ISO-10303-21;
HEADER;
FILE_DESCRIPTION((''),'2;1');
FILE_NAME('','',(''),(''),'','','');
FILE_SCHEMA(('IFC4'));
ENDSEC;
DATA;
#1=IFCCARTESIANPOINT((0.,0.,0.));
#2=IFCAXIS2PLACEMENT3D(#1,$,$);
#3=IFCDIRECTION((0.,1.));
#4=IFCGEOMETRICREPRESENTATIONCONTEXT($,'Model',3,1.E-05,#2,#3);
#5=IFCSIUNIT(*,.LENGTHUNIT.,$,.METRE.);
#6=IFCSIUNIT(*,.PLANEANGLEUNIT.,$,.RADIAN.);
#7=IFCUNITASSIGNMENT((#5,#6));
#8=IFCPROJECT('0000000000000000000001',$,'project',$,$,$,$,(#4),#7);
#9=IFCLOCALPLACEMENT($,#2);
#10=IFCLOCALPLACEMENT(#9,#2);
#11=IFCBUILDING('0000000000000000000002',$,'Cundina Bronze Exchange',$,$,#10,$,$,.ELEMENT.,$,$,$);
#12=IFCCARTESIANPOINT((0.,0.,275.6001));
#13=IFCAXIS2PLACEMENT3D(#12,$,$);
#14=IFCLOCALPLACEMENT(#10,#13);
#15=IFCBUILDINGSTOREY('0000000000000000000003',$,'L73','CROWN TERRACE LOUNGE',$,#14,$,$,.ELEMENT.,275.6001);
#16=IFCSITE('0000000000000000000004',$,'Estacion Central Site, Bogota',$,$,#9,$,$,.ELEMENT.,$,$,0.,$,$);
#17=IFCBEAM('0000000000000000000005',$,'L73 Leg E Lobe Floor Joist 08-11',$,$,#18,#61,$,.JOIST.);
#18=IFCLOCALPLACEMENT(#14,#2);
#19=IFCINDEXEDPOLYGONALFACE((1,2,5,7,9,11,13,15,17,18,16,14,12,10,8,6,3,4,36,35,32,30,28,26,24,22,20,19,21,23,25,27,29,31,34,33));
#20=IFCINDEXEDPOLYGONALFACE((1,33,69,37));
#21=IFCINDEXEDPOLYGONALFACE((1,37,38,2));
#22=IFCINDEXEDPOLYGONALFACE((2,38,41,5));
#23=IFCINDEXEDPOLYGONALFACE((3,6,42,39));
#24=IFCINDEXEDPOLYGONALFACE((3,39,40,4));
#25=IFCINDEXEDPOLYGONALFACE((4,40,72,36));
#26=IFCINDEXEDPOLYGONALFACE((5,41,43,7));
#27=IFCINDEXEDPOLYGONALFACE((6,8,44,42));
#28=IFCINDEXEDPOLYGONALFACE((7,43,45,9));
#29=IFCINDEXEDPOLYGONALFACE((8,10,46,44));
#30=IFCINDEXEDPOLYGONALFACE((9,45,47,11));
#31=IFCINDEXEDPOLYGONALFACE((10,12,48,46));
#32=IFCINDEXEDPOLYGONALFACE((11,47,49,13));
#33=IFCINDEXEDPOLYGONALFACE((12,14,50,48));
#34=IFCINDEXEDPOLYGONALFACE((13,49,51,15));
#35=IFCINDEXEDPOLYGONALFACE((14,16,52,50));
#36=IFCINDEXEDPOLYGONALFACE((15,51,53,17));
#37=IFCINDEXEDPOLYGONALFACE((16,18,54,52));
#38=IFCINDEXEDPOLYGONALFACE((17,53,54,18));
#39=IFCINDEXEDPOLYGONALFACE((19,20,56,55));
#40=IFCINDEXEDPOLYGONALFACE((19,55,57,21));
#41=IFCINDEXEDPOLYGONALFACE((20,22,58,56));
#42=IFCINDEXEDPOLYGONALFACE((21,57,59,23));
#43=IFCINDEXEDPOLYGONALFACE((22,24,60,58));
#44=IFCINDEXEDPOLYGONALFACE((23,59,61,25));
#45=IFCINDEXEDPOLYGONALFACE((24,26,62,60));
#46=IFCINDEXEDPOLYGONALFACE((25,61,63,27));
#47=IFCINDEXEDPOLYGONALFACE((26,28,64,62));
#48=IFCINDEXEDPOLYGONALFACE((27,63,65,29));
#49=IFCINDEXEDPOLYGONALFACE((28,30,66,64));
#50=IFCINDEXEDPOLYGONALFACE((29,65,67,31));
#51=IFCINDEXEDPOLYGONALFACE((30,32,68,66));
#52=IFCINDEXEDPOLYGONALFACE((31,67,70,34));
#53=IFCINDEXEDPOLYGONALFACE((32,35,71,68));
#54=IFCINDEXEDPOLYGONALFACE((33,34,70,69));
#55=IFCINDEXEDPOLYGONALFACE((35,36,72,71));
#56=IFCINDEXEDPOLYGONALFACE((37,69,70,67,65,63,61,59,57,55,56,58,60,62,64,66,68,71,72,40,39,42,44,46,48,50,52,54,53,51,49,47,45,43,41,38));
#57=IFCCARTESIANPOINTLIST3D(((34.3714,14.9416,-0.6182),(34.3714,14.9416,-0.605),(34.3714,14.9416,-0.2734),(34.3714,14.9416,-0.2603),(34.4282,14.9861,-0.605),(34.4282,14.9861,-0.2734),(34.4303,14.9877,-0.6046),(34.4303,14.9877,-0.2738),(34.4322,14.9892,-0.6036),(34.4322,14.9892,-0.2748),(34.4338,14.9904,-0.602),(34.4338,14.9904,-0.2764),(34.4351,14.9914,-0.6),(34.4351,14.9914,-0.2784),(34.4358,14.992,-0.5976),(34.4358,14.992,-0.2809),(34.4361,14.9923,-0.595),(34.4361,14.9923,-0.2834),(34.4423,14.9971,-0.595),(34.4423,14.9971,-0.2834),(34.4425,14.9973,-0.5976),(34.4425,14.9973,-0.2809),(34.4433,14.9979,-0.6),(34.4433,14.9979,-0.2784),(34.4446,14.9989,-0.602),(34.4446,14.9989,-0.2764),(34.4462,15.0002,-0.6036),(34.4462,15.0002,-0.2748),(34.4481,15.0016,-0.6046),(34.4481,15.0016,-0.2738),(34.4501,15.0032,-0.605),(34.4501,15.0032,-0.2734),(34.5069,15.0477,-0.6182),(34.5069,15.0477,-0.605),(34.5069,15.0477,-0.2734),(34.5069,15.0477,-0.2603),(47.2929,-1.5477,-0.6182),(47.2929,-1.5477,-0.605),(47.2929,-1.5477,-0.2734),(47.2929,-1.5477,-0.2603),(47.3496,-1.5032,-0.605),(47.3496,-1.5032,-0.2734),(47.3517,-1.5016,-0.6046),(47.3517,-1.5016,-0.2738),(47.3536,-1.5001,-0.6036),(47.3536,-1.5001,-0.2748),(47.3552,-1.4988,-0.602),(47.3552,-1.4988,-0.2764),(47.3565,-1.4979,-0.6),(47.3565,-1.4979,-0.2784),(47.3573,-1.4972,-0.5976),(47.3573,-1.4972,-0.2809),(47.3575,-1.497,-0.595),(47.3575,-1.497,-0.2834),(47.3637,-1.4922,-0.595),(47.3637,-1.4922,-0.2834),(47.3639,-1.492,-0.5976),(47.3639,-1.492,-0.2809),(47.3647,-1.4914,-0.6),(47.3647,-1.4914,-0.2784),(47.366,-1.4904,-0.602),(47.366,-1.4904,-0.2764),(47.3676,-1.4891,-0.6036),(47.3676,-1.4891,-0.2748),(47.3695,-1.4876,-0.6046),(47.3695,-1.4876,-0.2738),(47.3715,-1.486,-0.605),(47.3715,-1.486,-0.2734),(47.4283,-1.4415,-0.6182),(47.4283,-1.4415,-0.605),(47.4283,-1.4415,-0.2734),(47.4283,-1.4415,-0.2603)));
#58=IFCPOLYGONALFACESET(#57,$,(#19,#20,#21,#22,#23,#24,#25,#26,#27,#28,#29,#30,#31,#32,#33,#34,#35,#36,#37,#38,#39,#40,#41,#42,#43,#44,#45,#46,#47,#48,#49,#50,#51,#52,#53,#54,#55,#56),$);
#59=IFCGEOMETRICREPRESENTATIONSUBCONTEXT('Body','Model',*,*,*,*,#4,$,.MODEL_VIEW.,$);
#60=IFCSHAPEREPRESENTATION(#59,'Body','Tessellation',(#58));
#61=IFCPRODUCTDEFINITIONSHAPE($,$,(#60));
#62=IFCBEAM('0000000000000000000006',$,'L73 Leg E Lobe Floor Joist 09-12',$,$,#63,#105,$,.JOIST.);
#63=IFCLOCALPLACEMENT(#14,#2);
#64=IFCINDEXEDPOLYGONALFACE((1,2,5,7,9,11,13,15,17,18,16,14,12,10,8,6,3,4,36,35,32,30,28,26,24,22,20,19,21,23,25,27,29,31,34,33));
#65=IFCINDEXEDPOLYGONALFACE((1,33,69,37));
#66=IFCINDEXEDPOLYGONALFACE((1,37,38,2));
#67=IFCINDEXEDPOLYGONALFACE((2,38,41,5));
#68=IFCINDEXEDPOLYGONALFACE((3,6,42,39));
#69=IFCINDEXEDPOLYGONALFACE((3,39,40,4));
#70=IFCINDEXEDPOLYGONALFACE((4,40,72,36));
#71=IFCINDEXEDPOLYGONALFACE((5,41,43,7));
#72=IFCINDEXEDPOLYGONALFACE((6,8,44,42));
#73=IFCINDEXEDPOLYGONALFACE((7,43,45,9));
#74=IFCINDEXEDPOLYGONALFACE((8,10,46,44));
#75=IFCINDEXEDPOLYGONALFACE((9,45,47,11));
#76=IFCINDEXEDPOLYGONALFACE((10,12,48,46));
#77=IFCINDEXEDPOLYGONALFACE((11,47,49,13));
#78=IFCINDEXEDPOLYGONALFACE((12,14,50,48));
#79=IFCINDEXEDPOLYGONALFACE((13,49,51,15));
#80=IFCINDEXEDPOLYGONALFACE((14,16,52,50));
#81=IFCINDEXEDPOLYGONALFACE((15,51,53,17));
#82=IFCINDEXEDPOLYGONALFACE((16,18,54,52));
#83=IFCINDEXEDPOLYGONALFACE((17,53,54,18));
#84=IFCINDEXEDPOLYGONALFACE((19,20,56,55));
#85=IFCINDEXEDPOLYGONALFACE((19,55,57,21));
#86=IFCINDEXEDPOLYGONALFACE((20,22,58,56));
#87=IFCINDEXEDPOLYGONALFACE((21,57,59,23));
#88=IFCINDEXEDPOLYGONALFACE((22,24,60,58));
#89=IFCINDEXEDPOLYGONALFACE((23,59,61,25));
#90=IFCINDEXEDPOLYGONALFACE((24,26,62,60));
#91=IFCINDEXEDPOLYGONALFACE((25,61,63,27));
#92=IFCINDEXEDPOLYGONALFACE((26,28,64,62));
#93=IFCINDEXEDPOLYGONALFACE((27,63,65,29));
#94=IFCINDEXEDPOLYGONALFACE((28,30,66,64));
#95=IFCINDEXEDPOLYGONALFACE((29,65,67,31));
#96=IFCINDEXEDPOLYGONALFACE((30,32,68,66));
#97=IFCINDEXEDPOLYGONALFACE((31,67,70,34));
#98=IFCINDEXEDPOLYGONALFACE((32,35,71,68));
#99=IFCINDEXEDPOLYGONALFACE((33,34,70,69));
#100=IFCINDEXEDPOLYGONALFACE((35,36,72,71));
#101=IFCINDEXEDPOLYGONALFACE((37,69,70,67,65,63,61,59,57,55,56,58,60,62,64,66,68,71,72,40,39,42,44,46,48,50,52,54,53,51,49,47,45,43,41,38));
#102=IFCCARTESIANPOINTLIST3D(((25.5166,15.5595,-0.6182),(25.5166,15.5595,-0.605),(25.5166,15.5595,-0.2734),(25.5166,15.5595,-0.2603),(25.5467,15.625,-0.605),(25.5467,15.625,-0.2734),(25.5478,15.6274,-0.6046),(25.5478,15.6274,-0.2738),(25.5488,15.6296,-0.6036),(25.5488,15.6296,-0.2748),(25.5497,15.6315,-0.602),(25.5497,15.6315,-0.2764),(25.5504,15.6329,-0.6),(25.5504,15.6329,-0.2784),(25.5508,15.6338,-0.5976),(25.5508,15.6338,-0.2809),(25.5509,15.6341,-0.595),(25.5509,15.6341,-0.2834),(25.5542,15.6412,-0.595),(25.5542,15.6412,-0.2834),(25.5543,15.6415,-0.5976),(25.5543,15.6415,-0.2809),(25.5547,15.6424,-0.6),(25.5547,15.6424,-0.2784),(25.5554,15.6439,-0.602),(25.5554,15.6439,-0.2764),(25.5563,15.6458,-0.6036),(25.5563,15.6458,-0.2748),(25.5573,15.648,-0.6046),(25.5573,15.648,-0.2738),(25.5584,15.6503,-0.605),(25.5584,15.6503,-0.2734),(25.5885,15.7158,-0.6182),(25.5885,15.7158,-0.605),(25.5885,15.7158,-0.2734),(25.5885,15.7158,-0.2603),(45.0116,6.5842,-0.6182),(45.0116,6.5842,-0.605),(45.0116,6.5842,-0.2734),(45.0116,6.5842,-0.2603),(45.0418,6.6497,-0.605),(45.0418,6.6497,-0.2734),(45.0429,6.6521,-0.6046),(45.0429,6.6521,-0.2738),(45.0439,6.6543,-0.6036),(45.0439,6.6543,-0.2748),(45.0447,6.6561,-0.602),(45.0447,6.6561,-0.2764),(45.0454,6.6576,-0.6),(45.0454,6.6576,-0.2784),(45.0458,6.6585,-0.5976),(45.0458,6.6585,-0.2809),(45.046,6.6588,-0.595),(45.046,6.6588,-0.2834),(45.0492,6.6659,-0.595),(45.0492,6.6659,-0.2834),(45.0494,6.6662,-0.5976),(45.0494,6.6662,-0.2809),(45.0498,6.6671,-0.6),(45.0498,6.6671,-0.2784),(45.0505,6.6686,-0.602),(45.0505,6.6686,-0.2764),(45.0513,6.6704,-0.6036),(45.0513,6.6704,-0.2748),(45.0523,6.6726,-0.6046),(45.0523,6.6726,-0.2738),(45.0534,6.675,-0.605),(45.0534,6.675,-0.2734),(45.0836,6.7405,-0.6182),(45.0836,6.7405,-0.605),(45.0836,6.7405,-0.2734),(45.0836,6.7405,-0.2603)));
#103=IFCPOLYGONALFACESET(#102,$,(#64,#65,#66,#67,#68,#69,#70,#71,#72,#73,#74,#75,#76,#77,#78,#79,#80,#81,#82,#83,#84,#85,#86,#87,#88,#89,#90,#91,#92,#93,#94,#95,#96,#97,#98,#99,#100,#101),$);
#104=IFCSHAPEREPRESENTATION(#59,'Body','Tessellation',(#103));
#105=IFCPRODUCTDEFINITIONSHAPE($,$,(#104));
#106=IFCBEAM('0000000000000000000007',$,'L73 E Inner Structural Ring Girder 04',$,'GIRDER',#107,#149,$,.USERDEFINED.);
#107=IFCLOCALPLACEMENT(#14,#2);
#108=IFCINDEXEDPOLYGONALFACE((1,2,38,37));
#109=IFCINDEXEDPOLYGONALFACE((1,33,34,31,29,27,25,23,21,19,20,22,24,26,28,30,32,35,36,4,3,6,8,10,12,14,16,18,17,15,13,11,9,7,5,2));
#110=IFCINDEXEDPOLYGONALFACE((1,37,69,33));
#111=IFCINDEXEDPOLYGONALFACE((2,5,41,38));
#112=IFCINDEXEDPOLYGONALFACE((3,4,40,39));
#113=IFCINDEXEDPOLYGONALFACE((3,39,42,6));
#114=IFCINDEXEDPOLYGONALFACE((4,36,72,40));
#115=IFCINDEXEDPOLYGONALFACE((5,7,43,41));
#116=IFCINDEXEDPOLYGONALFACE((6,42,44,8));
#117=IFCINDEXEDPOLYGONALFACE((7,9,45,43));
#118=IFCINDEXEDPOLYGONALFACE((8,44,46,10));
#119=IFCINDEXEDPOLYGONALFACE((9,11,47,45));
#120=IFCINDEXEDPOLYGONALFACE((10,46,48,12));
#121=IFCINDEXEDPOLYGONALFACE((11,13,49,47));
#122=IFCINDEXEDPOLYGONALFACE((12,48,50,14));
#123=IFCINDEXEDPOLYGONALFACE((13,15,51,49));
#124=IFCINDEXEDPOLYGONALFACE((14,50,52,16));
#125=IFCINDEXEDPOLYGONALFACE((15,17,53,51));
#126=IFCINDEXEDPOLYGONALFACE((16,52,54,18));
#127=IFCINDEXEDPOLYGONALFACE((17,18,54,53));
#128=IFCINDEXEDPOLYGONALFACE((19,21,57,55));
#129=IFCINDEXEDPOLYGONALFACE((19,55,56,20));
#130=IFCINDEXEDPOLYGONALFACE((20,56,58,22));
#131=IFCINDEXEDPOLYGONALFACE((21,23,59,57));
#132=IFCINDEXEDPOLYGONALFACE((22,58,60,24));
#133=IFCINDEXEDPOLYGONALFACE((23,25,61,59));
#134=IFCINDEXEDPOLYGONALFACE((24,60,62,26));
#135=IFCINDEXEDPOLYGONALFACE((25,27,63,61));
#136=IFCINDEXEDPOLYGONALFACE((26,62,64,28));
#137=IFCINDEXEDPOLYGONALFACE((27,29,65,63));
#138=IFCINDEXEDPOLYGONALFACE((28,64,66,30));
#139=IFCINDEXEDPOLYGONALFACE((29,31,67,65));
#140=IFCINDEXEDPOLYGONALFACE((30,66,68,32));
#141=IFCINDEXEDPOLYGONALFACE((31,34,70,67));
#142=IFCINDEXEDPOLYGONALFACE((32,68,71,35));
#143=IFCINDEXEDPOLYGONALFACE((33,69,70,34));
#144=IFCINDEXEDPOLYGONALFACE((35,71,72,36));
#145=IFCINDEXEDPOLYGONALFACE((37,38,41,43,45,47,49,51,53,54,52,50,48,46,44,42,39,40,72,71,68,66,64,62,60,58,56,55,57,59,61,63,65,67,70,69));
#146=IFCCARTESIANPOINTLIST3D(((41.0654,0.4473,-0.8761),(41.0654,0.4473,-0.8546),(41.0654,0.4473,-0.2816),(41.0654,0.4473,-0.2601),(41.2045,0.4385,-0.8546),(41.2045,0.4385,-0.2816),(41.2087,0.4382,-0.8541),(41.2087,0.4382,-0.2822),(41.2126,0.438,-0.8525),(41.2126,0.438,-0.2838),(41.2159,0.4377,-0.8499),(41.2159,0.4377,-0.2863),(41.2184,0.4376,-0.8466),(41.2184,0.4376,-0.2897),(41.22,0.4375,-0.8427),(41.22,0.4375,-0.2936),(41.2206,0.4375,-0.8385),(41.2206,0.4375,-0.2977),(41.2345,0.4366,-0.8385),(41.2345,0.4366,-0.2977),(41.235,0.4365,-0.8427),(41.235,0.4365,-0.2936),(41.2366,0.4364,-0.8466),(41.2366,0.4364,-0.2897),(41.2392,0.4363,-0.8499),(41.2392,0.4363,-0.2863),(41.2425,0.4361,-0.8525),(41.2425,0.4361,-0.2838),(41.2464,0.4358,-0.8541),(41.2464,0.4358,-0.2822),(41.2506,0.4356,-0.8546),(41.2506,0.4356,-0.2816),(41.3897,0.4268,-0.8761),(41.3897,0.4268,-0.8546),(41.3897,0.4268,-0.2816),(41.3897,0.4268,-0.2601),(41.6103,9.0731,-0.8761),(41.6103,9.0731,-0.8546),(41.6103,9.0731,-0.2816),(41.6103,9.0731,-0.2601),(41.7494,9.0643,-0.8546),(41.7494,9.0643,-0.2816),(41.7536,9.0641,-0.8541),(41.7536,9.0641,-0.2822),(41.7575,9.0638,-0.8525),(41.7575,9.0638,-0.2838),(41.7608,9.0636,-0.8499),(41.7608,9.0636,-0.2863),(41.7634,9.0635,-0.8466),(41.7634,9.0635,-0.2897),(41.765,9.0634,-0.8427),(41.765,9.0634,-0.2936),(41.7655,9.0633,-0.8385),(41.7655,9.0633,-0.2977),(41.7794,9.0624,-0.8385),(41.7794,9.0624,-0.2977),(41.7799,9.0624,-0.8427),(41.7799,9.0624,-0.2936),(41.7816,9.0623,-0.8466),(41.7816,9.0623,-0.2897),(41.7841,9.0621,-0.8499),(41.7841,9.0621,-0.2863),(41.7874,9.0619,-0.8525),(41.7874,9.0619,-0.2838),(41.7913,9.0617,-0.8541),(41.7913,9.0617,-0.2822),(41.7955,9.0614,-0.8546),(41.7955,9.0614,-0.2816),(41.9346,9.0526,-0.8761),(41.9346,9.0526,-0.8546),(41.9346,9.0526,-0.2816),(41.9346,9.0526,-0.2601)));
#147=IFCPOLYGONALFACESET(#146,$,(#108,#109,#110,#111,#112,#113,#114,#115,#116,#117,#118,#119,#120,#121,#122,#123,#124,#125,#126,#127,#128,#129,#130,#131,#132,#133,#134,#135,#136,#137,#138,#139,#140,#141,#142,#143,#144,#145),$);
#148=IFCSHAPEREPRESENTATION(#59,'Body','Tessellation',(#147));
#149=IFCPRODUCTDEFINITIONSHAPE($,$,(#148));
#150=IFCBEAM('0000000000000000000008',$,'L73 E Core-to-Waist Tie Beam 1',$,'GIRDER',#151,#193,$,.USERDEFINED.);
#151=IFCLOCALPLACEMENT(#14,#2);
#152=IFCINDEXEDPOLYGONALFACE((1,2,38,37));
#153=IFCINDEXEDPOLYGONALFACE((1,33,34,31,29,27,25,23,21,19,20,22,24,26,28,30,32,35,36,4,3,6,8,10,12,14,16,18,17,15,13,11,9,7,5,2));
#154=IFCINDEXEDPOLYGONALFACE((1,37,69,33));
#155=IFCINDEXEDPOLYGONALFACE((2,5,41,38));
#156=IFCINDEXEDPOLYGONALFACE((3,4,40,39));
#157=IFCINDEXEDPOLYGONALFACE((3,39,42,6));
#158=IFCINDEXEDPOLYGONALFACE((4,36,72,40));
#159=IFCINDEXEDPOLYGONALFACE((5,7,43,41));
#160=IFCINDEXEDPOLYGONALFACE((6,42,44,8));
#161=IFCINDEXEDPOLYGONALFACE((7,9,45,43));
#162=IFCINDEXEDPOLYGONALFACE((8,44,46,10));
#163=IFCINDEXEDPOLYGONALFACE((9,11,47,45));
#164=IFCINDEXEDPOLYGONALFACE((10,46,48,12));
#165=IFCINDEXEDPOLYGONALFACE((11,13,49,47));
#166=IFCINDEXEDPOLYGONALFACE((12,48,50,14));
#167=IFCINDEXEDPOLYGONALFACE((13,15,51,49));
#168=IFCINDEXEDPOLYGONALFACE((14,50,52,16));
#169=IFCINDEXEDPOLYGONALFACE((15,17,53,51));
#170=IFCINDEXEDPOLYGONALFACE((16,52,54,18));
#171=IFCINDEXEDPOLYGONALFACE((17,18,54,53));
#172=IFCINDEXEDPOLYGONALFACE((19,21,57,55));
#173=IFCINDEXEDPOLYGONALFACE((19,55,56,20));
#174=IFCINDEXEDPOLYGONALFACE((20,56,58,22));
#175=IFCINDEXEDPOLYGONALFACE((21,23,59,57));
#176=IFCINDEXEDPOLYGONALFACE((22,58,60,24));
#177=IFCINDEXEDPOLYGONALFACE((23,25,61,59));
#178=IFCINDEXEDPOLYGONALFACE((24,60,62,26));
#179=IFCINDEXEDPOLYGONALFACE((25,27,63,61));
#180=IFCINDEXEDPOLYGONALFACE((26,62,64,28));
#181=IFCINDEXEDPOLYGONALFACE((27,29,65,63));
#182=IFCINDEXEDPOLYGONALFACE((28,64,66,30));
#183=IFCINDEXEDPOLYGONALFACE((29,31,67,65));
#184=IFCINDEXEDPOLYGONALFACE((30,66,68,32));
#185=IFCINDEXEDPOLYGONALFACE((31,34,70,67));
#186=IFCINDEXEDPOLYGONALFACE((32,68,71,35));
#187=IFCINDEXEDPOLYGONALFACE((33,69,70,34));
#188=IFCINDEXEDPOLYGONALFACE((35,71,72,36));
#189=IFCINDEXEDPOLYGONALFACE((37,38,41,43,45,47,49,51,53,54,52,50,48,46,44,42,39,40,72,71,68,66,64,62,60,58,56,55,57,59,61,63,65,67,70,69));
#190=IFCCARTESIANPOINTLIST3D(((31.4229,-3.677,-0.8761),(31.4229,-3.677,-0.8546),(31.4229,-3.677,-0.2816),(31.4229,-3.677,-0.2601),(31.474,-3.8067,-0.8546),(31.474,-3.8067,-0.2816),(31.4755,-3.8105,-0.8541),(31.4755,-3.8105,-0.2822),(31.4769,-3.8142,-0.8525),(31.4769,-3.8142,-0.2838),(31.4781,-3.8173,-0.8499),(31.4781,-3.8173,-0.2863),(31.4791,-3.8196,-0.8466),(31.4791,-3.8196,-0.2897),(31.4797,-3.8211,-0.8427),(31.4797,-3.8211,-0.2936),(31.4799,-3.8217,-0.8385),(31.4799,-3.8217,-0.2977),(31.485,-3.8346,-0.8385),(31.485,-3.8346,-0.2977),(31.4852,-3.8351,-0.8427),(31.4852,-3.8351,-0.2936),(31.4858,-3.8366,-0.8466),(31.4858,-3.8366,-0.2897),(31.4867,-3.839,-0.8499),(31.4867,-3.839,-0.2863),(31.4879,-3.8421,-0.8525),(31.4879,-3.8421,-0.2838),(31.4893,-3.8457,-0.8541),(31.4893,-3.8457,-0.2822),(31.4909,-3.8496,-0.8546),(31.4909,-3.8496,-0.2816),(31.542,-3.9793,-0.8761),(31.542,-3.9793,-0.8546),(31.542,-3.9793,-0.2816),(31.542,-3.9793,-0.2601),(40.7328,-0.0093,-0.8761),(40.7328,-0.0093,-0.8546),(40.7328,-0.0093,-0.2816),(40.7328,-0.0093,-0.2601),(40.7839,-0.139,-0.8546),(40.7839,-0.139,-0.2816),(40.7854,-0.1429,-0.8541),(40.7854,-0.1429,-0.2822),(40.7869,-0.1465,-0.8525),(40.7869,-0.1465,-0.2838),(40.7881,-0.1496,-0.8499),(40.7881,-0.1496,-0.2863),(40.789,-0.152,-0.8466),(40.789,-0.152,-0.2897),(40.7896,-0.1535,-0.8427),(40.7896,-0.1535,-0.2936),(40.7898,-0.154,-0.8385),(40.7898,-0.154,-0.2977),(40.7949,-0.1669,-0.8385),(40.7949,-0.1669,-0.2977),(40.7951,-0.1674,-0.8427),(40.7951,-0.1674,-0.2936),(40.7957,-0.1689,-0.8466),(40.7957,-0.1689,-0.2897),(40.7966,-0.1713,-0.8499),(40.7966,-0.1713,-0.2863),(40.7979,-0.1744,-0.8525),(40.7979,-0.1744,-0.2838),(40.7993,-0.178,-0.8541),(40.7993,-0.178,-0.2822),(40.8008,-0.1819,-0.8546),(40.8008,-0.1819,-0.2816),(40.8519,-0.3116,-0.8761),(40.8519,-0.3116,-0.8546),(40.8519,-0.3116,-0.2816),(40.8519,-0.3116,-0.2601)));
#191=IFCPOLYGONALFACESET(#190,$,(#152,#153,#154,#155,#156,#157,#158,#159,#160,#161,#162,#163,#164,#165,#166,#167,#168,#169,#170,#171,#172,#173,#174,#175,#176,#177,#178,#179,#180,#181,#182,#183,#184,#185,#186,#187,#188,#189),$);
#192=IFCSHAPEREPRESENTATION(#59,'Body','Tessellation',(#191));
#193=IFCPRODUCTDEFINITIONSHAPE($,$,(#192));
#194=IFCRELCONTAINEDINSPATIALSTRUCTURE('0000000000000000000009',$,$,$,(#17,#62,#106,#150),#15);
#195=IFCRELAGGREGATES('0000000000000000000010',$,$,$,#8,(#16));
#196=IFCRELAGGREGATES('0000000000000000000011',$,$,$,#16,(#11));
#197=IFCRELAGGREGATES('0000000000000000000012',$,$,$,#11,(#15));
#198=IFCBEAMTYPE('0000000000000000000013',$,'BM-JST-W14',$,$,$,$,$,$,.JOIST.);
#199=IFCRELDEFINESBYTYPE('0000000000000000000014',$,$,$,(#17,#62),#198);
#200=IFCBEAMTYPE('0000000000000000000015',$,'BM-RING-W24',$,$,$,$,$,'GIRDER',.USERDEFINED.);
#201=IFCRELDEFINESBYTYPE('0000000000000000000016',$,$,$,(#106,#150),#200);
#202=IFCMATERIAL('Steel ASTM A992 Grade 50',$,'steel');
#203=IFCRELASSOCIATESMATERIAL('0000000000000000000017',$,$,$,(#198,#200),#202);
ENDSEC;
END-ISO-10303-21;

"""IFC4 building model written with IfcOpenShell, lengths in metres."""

from ifc_helpers import new_model, si_unit, direction, frame, origin, origin_2d, place, context, subcontext, project, spatial, i_section, extrude, material, material_profile, profile_set, type_object, element, save


model = new_model("IFC4")

# Units and contexts
model_context = context("Model", 3, precision=1e-05, world=origin(), true_north=direction((0.0, 1.0)))
body_context = subcontext(model_context, "Body", "Model", "MODEL_VIEW")
ifc_project = project(units=[si_unit("LENGTHUNIT", "METRE"), si_unit("PLANEANGLEUNIT", "RADIAN")], contexts=[model_context])

# Site, building, storey
site_placement = place(None, origin())
site = spatial("IfcSite", under=ifc_project, at=site_placement, Name="Estacion Central Site, Bogota", CompositionType="ELEMENT", RefElevation=0.0)
building_placement = place(site_placement, origin())
building = spatial("IfcBuilding", under=site, at=building_placement, Name="Cundina Bronze Exchange", CompositionType="ELEMENT")
storey_placement = place(building_placement, frame((0.0, 0.0, 275.6001)))
storey = spatial("IfcBuildingStorey", under=building, at=storey_placement, Name="L73", Description="CROWN TERRACE LOUNGE", CompositionType="ELEMENT", Elevation=275.6001)

# Shared definitions
ifc_material_1 = material(Name="Steel ASTM A992 Grade 50", Category="steel")

# Beams
ifc_material_profile_1 = material_profile(ifc_material_1, i_section(OverallWidth=0.1721, OverallDepth=0.3579, WebThickness=0.0078, FlangeThickness=0.0132, FilletRadius=0.01, at=origin_2d()), Name="W14X38", Category="steel")
ifc_profile_set_1 = profile_set([ifc_material_profile_1], Name="Steel ASTM A992 Grade 50")
beam_type_1 = type_object("IfcBeamType", Name="BM-JST-W14", PredefinedType="JOIST", material=ifc_profile_set_1)
beam_1_placement = place(storey_placement, frame((47.3606, -1.4946, -0.4392), z_axis=(-0.616804, 0.787117, 0.0), x_axis=(-0.787117, -0.616804, 0.0)))
element("IfcBeam", 1, at=beam_1_placement, inside=storey, type_object=beam_type_1, Name="L73 Leg E Lobe Floor Joist 08-11", PredefinedType="JOIST", context=body_context, shape_type="SweptSolid", body=[
    extrude(i_section(OverallWidth=0.1721, OverallDepth=0.3579, WebThickness=0.0078, FlangeThickness=0.0132, FilletRadius=0.01, at=origin_2d()), origin(), (0.0, 0.0, 1.0), 20.949),
])
beam_2_placement = place(storey_placement, frame((45.0476, 6.6624, -0.4392), z_axis=(-0.908356, 0.418197, 0.0), x_axis=(-0.418197, -0.908356, 0.0)))
element("IfcBeam", 2, at=beam_2_placement, inside=storey, type_object=beam_type_1, Name="L73 Leg E Lobe Floor Joist 09-12", PredefinedType="JOIST", context=body_context, shape_type="SweptSolid", body=[
    extrude(i_section(OverallWidth=0.1721, OverallDepth=0.3579, WebThickness=0.0078, FlangeThickness=0.0132, FilletRadius=0.01, at=origin_2d()), origin(), (0.0, 0.0, 1.0), 21.4619),
])
ifc_material_profile_2 = material_profile(ifc_material_1, i_section(OverallWidth=0.325, OverallDepth=0.616, WebThickness=0.0139, FlangeThickness=0.0215, FilletRadius=0.0161, at=origin_2d()), Name="W24X117", Category="steel")
ifc_profile_set_2 = profile_set([ifc_material_profile_2], Name="Steel ASTM A992 Grade 50")
beam_type_2 = type_object("IfcBeamType", Name="BM-RING-W24", ElementType="GIRDER", PredefinedType="USERDEFINED", material=ifc_profile_set_2)
beam_3_placement = place(storey_placement, frame((41.2275, 0.437, -0.5681), z_axis=(0.063047, 0.998011, 0.0), x_axis=(-0.998011, 0.063047, 0.0)))
element("IfcBeam", 3, at=beam_3_placement, inside=storey, type_object=beam_type_2, Name="L73 E Inner Structural Ring Girder 04", ObjectType="GIRDER", PredefinedType="USERDEFINED", context=body_context, shape_type="SweptSolid", body=[
    extrude(i_section(OverallWidth=0.325, OverallDepth=0.616, WebThickness=0.0139, FlangeThickness=0.0215, FilletRadius=0.0161, at=origin_2d()), origin(), (0.0, 0.0, 1.0), 8.6431),
])
beam_4_placement = place(storey_placement, frame((31.4824, -3.8281, -0.5681), z_axis=(0.930404, 0.366535, 0.0), x_axis=(-0.366535, 0.930404, 0.0)))
element("IfcBeam", 4, at=beam_4_placement, inside=storey, type_object=beam_type_2, Name="L73 E Core-to-Waist Tie Beam 1", ObjectType="GIRDER", PredefinedType="USERDEFINED", context=body_context, shape_type="SweptSolid", body=[
    extrude(i_section(OverallWidth=0.325, OverallDepth=0.616, WebThickness=0.0139, FlangeThickness=0.0215, FilletRadius=0.0161, at=origin_2d()), origin(), (0.0, 0.0, 1.0), 10.0063),
])

save(model, "model.ifc")
